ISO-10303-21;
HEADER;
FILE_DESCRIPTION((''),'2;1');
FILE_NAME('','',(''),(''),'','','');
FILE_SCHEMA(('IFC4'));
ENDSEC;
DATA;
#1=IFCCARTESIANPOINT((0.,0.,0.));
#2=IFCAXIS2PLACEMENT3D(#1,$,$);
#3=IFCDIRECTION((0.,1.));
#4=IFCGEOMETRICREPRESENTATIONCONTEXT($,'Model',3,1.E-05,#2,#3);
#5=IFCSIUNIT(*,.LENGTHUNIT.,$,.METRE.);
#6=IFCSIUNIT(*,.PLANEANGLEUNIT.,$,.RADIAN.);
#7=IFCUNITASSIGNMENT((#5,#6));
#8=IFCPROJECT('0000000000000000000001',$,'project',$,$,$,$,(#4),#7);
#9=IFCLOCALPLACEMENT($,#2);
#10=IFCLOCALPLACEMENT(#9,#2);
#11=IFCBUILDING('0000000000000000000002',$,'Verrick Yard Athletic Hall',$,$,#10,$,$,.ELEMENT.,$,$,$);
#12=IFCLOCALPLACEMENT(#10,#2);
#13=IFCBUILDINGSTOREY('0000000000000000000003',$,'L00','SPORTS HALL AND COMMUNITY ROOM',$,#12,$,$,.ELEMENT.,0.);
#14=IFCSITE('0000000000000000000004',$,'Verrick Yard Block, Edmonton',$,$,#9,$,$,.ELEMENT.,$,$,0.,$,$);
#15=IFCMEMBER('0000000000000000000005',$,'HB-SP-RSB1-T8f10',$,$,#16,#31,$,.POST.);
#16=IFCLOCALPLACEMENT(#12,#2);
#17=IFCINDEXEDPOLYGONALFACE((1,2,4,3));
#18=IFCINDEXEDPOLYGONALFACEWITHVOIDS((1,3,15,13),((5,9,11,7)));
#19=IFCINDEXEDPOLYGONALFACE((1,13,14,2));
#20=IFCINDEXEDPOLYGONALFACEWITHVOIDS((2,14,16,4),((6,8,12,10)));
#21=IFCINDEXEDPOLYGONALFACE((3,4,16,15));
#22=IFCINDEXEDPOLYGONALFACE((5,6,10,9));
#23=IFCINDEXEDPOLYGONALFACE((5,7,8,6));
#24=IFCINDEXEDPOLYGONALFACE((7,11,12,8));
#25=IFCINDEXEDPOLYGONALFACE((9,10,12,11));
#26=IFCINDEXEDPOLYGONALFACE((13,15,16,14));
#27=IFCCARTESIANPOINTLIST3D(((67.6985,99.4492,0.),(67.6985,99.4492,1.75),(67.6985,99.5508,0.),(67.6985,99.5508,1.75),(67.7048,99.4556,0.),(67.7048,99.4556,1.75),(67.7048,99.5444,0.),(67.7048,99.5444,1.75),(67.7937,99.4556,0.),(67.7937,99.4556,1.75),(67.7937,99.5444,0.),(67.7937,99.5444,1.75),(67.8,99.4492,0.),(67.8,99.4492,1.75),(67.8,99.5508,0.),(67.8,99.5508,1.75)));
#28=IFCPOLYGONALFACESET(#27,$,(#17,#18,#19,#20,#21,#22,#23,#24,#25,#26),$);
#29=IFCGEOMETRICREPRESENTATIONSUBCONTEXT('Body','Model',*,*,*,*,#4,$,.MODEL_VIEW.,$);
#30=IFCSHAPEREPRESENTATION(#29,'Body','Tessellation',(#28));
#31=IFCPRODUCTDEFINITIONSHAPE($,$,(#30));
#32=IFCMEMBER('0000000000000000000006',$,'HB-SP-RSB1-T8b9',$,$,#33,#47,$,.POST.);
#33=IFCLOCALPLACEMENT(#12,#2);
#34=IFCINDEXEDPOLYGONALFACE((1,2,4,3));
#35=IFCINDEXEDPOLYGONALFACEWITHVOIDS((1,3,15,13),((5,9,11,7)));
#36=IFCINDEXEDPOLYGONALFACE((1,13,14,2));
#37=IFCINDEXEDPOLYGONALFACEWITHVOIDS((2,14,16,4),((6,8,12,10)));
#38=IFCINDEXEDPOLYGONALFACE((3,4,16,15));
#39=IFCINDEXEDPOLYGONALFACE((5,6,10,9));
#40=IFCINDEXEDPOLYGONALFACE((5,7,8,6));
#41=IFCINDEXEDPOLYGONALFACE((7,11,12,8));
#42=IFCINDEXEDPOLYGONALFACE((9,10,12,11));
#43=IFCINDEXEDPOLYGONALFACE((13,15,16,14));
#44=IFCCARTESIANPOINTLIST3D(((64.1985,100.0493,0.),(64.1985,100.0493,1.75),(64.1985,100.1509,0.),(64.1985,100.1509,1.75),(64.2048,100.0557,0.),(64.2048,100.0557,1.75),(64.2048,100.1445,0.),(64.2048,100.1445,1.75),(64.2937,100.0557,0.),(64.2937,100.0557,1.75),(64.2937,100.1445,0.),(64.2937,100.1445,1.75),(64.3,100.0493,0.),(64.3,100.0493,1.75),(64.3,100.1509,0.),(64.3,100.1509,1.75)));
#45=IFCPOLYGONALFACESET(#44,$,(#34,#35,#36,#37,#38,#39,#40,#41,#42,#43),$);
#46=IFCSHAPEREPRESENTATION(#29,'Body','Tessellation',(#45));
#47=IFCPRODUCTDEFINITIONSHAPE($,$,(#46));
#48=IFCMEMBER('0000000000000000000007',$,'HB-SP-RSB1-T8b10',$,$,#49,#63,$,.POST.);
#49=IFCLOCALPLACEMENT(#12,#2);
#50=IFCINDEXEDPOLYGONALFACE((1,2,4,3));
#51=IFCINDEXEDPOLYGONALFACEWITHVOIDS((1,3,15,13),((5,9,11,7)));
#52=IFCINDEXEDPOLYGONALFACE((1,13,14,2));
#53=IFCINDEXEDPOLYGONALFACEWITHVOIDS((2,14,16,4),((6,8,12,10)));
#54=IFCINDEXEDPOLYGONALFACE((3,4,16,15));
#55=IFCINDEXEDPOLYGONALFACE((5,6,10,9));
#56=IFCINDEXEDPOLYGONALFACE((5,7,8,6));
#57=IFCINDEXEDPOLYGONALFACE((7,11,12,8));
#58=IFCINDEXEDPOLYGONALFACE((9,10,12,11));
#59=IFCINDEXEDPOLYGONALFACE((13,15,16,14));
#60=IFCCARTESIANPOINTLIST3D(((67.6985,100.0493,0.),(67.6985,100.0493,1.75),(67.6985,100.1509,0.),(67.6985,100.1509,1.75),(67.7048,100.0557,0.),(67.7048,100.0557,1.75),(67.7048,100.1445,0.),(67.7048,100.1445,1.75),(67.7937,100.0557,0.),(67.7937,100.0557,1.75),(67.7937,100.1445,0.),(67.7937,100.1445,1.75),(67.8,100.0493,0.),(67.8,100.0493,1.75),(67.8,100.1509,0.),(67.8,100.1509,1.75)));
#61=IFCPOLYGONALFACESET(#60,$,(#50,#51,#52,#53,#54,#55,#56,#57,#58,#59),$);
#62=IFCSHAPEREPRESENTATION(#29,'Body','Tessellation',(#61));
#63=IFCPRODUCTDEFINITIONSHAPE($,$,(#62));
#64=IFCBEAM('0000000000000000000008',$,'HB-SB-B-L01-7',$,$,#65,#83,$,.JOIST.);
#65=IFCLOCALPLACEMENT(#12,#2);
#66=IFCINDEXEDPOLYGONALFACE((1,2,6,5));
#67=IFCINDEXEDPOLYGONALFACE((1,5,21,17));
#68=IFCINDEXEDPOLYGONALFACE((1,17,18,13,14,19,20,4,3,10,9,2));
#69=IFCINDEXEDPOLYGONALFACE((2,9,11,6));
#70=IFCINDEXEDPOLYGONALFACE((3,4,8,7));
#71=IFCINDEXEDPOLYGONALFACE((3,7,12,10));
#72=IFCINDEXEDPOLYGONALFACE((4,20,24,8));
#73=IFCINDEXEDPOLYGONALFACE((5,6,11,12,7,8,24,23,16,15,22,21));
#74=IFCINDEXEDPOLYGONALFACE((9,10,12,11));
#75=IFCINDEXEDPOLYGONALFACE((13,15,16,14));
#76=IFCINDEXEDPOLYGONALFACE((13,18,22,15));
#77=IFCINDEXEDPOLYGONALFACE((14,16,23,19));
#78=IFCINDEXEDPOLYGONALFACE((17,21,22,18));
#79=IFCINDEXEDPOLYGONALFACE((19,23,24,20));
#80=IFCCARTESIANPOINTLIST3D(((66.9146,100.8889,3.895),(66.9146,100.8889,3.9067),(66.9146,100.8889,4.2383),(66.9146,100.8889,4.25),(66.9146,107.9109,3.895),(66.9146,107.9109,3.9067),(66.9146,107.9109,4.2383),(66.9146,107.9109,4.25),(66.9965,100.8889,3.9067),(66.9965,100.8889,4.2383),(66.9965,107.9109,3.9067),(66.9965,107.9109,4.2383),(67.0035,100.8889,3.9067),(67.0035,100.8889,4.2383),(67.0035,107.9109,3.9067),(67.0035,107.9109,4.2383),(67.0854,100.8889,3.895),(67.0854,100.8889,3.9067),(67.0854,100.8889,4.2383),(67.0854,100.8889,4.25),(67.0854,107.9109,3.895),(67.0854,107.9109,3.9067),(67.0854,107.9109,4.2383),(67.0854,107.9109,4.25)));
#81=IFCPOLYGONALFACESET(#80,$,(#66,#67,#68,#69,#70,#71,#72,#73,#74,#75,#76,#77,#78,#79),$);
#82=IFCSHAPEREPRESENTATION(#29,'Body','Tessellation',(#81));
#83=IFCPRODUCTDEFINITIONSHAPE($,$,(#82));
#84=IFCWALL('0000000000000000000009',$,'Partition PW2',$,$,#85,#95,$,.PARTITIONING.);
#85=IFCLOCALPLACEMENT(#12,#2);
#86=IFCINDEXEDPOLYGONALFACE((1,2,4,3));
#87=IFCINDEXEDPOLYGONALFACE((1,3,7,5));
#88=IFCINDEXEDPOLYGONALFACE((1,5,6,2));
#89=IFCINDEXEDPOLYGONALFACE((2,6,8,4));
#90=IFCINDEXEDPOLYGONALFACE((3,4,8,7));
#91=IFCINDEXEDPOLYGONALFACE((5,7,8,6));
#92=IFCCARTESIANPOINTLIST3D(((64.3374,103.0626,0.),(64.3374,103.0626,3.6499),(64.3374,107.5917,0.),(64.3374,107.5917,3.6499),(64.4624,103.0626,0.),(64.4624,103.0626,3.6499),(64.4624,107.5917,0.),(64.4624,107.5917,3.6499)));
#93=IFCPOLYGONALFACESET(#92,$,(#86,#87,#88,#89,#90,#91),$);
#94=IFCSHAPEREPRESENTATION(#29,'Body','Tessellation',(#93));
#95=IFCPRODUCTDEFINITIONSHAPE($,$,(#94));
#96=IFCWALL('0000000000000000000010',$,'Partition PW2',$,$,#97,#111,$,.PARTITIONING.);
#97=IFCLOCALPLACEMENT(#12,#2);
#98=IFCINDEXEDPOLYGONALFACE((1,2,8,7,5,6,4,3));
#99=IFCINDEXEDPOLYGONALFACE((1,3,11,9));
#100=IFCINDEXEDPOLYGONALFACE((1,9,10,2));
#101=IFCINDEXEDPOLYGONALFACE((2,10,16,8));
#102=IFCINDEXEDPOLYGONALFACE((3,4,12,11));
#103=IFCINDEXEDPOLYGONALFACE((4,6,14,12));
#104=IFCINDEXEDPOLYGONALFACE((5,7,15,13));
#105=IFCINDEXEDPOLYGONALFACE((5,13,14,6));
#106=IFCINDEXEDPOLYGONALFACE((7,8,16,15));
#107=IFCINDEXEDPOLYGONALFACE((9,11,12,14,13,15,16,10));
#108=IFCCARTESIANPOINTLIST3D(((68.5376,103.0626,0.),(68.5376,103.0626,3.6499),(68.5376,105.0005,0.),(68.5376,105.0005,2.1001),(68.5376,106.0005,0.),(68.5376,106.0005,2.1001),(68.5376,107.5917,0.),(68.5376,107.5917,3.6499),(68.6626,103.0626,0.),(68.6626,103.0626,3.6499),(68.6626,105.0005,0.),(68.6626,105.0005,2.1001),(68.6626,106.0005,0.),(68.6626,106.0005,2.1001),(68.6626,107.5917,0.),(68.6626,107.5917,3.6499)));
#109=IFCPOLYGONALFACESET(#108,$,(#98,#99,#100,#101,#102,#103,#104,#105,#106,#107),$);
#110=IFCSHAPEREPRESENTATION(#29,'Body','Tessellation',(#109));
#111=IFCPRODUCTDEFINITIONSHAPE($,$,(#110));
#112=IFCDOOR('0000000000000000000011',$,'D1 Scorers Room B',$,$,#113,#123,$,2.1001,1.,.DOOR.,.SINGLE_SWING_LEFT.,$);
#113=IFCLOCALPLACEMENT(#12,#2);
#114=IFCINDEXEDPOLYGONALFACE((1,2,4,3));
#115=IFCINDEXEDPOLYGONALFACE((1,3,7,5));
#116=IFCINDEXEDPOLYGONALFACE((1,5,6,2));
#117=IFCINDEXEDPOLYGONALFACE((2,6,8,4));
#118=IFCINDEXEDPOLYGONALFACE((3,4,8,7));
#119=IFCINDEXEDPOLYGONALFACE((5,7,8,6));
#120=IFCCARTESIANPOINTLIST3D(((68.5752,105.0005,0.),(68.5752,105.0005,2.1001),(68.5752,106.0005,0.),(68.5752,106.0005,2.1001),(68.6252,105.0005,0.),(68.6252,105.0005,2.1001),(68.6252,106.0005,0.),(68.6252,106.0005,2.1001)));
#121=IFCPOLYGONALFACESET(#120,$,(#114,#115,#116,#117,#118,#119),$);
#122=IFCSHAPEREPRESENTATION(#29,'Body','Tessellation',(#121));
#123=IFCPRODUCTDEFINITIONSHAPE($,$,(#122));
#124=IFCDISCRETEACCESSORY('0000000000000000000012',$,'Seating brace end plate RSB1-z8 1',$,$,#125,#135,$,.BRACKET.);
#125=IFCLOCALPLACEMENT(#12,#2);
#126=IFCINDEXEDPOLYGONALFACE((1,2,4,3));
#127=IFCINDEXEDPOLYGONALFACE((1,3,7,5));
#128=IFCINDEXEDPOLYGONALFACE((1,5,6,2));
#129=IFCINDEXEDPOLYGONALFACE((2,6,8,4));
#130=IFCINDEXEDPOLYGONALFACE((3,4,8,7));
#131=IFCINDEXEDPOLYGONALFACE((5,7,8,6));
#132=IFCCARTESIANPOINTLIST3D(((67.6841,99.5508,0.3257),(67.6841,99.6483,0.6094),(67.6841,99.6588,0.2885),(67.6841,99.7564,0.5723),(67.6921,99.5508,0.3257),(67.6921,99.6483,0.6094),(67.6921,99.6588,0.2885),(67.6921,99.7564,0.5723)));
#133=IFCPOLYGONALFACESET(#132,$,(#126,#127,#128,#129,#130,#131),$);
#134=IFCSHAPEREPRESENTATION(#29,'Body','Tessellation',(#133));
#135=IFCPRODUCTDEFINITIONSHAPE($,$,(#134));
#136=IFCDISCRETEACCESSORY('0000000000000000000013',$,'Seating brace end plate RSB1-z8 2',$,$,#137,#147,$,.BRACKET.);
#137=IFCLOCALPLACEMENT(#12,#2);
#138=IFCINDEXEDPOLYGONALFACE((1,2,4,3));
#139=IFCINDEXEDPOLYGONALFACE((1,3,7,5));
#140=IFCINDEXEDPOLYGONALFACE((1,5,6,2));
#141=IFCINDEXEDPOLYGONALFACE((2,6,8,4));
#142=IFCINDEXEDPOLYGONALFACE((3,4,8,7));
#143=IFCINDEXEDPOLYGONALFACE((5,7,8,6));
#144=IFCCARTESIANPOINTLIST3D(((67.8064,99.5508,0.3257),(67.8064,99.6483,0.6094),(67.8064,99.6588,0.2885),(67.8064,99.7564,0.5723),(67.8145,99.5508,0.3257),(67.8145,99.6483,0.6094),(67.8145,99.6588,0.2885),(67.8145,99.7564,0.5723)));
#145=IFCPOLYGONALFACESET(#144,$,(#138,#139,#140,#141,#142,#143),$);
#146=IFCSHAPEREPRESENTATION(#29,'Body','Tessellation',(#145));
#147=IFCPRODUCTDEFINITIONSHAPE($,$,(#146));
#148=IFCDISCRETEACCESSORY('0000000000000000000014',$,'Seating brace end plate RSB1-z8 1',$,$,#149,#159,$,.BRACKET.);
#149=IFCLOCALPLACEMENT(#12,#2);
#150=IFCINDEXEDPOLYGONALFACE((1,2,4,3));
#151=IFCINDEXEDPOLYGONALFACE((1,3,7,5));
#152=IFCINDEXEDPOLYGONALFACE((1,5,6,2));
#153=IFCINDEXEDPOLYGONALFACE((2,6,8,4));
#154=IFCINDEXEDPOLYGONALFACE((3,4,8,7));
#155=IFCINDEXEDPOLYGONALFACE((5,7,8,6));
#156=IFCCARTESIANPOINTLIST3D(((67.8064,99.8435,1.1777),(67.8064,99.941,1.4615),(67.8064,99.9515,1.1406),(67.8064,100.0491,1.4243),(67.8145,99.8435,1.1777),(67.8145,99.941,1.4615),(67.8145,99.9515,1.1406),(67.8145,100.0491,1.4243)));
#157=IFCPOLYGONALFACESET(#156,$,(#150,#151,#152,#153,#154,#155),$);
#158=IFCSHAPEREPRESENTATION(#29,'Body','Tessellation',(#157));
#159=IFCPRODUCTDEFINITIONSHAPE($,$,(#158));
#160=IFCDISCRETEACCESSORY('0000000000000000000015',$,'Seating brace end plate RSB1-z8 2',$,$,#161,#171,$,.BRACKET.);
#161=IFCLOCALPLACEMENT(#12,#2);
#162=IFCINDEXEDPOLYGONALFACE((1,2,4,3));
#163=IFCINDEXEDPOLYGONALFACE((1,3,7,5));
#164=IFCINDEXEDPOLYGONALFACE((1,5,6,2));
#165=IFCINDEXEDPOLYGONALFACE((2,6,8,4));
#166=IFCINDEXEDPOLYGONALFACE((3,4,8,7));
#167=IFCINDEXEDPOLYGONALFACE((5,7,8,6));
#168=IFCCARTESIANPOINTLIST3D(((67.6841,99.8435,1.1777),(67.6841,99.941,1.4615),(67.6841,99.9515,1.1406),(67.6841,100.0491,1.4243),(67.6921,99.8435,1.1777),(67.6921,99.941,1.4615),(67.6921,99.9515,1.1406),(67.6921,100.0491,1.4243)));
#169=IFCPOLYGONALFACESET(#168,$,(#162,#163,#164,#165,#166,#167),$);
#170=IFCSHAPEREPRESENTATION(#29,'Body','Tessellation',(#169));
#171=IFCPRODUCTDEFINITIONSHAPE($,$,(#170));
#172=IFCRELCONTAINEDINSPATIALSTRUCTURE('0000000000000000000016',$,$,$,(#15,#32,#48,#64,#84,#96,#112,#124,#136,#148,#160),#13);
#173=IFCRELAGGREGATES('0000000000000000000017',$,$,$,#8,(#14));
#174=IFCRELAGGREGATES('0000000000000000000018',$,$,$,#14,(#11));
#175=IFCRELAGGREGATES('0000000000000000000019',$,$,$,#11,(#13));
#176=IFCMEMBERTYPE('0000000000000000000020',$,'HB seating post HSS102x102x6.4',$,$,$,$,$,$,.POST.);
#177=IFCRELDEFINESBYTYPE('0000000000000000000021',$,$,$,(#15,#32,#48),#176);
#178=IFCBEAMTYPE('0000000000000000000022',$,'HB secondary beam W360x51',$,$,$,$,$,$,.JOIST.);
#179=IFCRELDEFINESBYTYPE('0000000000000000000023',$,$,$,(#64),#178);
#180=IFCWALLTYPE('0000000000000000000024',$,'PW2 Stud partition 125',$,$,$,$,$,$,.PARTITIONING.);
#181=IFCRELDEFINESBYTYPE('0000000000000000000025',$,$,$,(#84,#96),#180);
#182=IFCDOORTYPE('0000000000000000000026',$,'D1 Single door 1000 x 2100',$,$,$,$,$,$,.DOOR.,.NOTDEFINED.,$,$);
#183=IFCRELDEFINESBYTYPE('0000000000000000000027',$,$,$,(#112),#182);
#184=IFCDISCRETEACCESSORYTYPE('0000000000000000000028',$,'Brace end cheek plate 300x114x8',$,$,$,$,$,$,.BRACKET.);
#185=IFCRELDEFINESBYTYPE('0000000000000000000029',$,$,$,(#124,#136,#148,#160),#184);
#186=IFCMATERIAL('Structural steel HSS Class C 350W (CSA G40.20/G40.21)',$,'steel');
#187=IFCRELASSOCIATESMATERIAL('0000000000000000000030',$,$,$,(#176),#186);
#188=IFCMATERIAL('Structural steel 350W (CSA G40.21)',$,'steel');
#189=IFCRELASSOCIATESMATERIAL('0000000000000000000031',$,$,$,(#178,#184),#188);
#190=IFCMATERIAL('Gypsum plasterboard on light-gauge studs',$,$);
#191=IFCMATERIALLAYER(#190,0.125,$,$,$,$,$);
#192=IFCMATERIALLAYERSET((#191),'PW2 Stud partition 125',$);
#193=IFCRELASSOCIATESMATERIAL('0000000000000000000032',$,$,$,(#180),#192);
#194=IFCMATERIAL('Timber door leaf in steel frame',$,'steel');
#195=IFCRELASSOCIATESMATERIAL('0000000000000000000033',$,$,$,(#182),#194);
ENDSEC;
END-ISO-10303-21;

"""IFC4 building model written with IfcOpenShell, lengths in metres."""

from ifc_helpers import new_model, si_unit, direction, frame, frame_2d, origin, origin_2d, place, context, subcontext, project, spatial, rectangle, hollow_rectangle, i_section, extrude, material, layer, layer_set, material_profile, profile_set, type_object, element, fill, save


model = new_model("IFC4")

# Units and contexts
model_context = context("Model", 3, precision=1e-05, world=origin(), true_north=direction((0.0, 1.0)))
body_context = subcontext(model_context, "Body", "Model", "MODEL_VIEW")
ifc_project = project(units=[si_unit("LENGTHUNIT", "METRE"), si_unit("PLANEANGLEUNIT", "RADIAN")], contexts=[model_context])

# Site, building, storey
site_placement = place(None, origin())
site = spatial("IfcSite", under=ifc_project, at=site_placement, Name="Verrick Yard Block, Edmonton", CompositionType="ELEMENT", RefElevation=0.0)
building_placement = place(site_placement, origin())
building = spatial("IfcBuilding", under=site, at=building_placement, Name="Verrick Yard Athletic Hall", CompositionType="ELEMENT")
storey_placement = place(building_placement, origin())
storey = spatial("IfcBuildingStorey", under=building, at=storey_placement, Name="L00", Description="SPORTS HALL AND COMMUNITY ROOM", CompositionType="ELEMENT", Elevation=0.0)

# Shared definitions
ifc_material_1 = material(Name="Structural steel 350W (CSA G40.21)", Category="steel")

# Members
ifc_material_2 = material(Name="Structural steel HSS Class C 350W (CSA G40.20/G40.21)", Category="steel")
ifc_material_profile_1 = material_profile(ifc_material_2, hollow_rectangle(XDim=0.1016, YDim=0.1016, WallThickness=0.0063, at=origin_2d()), Name="HSS102x102x6.4")
ifc_profile_set_1 = profile_set([ifc_material_profile_1], Name="Structural steel HSS Class C 350W (CSA G40.20/G40.21)")
member_type_1 = type_object("IfcMemberType", Name="HB seating post HSS102x102x6.4", PredefinedType="POST", material=ifc_profile_set_1)
for number, where, z_axis, x_axis, name in (
    (1, (67.7493, 99.5, 0.0), (0.0, 0.0, 1.0), (0.0, 1.0, 0.0), "HB-SP-RSB1-T8f10"),
    (2, (64.2493, 100.1001, 0.0), (0.0, 0.0, 1.0), (0.0, 1.0, 0.0), "HB-SP-RSB1-T8b9"),
    (3, (67.7493, 100.1001, 0.0), (0.0, 0.0, 1.0), (0.0, 1.0, 0.0), "HB-SP-RSB1-T8b10"),
):
    element("IfcMember", number, at=place(storey_placement, frame(where, z_axis=z_axis, x_axis=x_axis)), inside=storey, type_object=member_type_1, Name=name, PredefinedType="POST", context=body_context, shape_type="SweptSolid", body=[
        extrude(hollow_rectangle(XDim=0.1016, YDim=0.1016, WallThickness=0.0063, at=origin_2d()), origin(), (0.0, 0.0, 1.0), 1.75),
    ])

# Beam
ifc_material_profile_2 = material_profile(ifc_material_1, i_section(OverallWidth=0.1709, OverallDepth=0.355, WebThickness=0.0071, FlangeThickness=0.0117, at=origin_2d()), Name="W360x51")
ifc_profile_set_2 = profile_set([ifc_material_profile_2], Name="Structural steel 350W (CSA G40.21)")
beam_type_1 = type_object("IfcBeamType", Name="HB secondary beam W360x51", PredefinedType="JOIST", material=ifc_profile_set_2)
beam_placement = place(storey_placement, frame((67.0, 100.8889, 4.0725), z_axis=(0.0, 1.0, 0.0), x_axis=(-1.0, 0.0, 0.0)))
element("IfcBeam", 4, at=beam_placement, inside=storey, type_object=beam_type_1, Name="HB-SB-B-L01-7", PredefinedType="JOIST", context=body_context, shape_type="SweptSolid", body=[
    extrude(i_section(OverallWidth=0.1709, OverallDepth=0.355, WebThickness=0.0071, FlangeThickness=0.0117, at=origin_2d()), origin(), (0.0, 0.0, 1.0), 7.022),
])

# Wall
ifc_material_3 = material(Name="Gypsum plasterboard on light-gauge studs")
ifc_layer = layer(ifc_material_3, 0.125)
ifc_layer_set = layer_set([ifc_layer], Name="PW2 Stud partition 125")
wall_type = type_object("IfcWallType", Name="PW2 Stud partition 125", PredefinedType="PARTITIONING", material=ifc_layer_set)
wall_1_placement = place(storey_placement, frame((64.3999, 103.0625, 0.0), z_axis=(0.0, 0.0, 1.0), x_axis=(0.0, 1.0, 0.0)))
element("IfcWall", 5, at=wall_1_placement, inside=storey, type_object=wall_type, Name="Partition PW2", PredefinedType="PARTITIONING", context=body_context, shape_type="SweptSolid", body=[
    extrude(rectangle(XDim=4.5291, YDim=0.125, at=frame_2d((2.2646, 0.0))), origin(), (0.0, 0.0, 1.0), 3.6499),
])

# Wall, opening, door
wall_2_placement = place(storey_placement, frame((68.6001, 103.0625, 0.0), z_axis=(0.0, 0.0, 1.0), x_axis=(0.0, 1.0, 0.0)))
wall_2 = element("IfcWall", 6, at=wall_2_placement, inside=storey, type_object=wall_type, Name="Partition PW2", PredefinedType="PARTITIONING", context=body_context, shape_type="SweptSolid", body=[
    extrude(rectangle(XDim=4.5291, YDim=0.125, at=frame_2d((2.2646, 0.0))), origin(), (0.0, 0.0, 1.0), 3.6499),
])
opening_placement = place(wall_2_placement, frame((1.938, 0.0, 0.0)))
opening = element("IfcOpeningElement", 7, at=opening_placement, cuts=wall_2, PredefinedType="OPENING", context=body_context, shape_type="SweptSolid", body=[
    extrude(rectangle(XDim=1.0, YDim=2.1001, at=frame_2d((0.5, 1.05))), frame((0.0, 0.0725, 0.0), z_axis=(0.0, -1.0, 0.0), x_axis=(1.0, 0.0, 0.0)), (0.0, 0.0, 1.0), 0.145),
])
ifc_material_4 = material(Name="Timber door leaf in steel frame", Category="steel")
door_type = type_object("IfcDoorType", Name="D1 Single door 1000 x 2100", OperationType="NOTDEFINED", PredefinedType="DOOR", material=ifc_material_4)
door_placement = place(opening_placement, origin())
door = element("IfcDoor", 8, at=door_placement, inside=storey, type_object=door_type, Name="D1 Scorers Room B", OperationType="SINGLE_SWING_LEFT", OverallHeight=2.1001, OverallWidth=1.0, PredefinedType="DOOR", context=body_context, shape_type="SweptSolid", body=[
    extrude(rectangle(XDim=1.0, YDim=2.1001, at=frame_2d((0.5, 1.05))), frame((0.0, 0.0249, 0.0), z_axis=(0.0, -1.0, 0.0), x_axis=(1.0, 0.0, 0.0)), (0.0, 0.0, 1.0), 0.05),
])
fill(opening, door)

# Discrete accessories
ifc_material_profile_3 = material_profile(ifc_material_1, rectangle(XDim=0.3, YDim=0.1143, at=origin_2d()), Name="Brace end cheek plate")
ifc_profile_set_3 = profile_set([ifc_material_profile_3], Name="Structural steel 350W (CSA G40.21)")
discrete_accessory_type = type_object("IfcDiscreteAccessoryType", Name="Brace end cheek plate 300x114x8", PredefinedType="BRACKET", material=ifc_profile_set_3)
for number, where, z_axis, x_axis, name in (
    (9, (67.6921, 99.6536, 0.449), (-1.0, 0.0, 0.0), (0.0, 0.325058, 0.945694), "Seating brace end plate RSB1-z8 1"),
    (10, (67.8064, 99.6536, 0.449), (1.0, 0.0, 0.0), (0.0, 0.325058, 0.945694), "Seating brace end plate RSB1-z8 2"),
    (11, (67.8064, 99.9463, 1.301), (1.0, 0.0, 0.0), (0.0, -0.325058, -0.945694), "Seating brace end plate RSB1-z8 1"),
    (12, (67.6921, 99.9463, 1.301), (-1.0, 0.0, 0.0), (0.0, -0.325058, -0.945694), "Seating brace end plate RSB1-z8 2"),
):
    element("IfcDiscreteAccessory", number, at=place(storey_placement, frame(where, z_axis=z_axis, x_axis=x_axis)), inside=storey, type_object=discrete_accessory_type, Name=name, PredefinedType="BRACKET", context=body_context, shape_type="SweptSolid", body=[
        extrude(rectangle(XDim=0.3, YDim=0.1143, at=origin_2d()), origin(), (0.0, 0.0, 1.0), 0.0081),
    ])

save(model, "model.ifc")
